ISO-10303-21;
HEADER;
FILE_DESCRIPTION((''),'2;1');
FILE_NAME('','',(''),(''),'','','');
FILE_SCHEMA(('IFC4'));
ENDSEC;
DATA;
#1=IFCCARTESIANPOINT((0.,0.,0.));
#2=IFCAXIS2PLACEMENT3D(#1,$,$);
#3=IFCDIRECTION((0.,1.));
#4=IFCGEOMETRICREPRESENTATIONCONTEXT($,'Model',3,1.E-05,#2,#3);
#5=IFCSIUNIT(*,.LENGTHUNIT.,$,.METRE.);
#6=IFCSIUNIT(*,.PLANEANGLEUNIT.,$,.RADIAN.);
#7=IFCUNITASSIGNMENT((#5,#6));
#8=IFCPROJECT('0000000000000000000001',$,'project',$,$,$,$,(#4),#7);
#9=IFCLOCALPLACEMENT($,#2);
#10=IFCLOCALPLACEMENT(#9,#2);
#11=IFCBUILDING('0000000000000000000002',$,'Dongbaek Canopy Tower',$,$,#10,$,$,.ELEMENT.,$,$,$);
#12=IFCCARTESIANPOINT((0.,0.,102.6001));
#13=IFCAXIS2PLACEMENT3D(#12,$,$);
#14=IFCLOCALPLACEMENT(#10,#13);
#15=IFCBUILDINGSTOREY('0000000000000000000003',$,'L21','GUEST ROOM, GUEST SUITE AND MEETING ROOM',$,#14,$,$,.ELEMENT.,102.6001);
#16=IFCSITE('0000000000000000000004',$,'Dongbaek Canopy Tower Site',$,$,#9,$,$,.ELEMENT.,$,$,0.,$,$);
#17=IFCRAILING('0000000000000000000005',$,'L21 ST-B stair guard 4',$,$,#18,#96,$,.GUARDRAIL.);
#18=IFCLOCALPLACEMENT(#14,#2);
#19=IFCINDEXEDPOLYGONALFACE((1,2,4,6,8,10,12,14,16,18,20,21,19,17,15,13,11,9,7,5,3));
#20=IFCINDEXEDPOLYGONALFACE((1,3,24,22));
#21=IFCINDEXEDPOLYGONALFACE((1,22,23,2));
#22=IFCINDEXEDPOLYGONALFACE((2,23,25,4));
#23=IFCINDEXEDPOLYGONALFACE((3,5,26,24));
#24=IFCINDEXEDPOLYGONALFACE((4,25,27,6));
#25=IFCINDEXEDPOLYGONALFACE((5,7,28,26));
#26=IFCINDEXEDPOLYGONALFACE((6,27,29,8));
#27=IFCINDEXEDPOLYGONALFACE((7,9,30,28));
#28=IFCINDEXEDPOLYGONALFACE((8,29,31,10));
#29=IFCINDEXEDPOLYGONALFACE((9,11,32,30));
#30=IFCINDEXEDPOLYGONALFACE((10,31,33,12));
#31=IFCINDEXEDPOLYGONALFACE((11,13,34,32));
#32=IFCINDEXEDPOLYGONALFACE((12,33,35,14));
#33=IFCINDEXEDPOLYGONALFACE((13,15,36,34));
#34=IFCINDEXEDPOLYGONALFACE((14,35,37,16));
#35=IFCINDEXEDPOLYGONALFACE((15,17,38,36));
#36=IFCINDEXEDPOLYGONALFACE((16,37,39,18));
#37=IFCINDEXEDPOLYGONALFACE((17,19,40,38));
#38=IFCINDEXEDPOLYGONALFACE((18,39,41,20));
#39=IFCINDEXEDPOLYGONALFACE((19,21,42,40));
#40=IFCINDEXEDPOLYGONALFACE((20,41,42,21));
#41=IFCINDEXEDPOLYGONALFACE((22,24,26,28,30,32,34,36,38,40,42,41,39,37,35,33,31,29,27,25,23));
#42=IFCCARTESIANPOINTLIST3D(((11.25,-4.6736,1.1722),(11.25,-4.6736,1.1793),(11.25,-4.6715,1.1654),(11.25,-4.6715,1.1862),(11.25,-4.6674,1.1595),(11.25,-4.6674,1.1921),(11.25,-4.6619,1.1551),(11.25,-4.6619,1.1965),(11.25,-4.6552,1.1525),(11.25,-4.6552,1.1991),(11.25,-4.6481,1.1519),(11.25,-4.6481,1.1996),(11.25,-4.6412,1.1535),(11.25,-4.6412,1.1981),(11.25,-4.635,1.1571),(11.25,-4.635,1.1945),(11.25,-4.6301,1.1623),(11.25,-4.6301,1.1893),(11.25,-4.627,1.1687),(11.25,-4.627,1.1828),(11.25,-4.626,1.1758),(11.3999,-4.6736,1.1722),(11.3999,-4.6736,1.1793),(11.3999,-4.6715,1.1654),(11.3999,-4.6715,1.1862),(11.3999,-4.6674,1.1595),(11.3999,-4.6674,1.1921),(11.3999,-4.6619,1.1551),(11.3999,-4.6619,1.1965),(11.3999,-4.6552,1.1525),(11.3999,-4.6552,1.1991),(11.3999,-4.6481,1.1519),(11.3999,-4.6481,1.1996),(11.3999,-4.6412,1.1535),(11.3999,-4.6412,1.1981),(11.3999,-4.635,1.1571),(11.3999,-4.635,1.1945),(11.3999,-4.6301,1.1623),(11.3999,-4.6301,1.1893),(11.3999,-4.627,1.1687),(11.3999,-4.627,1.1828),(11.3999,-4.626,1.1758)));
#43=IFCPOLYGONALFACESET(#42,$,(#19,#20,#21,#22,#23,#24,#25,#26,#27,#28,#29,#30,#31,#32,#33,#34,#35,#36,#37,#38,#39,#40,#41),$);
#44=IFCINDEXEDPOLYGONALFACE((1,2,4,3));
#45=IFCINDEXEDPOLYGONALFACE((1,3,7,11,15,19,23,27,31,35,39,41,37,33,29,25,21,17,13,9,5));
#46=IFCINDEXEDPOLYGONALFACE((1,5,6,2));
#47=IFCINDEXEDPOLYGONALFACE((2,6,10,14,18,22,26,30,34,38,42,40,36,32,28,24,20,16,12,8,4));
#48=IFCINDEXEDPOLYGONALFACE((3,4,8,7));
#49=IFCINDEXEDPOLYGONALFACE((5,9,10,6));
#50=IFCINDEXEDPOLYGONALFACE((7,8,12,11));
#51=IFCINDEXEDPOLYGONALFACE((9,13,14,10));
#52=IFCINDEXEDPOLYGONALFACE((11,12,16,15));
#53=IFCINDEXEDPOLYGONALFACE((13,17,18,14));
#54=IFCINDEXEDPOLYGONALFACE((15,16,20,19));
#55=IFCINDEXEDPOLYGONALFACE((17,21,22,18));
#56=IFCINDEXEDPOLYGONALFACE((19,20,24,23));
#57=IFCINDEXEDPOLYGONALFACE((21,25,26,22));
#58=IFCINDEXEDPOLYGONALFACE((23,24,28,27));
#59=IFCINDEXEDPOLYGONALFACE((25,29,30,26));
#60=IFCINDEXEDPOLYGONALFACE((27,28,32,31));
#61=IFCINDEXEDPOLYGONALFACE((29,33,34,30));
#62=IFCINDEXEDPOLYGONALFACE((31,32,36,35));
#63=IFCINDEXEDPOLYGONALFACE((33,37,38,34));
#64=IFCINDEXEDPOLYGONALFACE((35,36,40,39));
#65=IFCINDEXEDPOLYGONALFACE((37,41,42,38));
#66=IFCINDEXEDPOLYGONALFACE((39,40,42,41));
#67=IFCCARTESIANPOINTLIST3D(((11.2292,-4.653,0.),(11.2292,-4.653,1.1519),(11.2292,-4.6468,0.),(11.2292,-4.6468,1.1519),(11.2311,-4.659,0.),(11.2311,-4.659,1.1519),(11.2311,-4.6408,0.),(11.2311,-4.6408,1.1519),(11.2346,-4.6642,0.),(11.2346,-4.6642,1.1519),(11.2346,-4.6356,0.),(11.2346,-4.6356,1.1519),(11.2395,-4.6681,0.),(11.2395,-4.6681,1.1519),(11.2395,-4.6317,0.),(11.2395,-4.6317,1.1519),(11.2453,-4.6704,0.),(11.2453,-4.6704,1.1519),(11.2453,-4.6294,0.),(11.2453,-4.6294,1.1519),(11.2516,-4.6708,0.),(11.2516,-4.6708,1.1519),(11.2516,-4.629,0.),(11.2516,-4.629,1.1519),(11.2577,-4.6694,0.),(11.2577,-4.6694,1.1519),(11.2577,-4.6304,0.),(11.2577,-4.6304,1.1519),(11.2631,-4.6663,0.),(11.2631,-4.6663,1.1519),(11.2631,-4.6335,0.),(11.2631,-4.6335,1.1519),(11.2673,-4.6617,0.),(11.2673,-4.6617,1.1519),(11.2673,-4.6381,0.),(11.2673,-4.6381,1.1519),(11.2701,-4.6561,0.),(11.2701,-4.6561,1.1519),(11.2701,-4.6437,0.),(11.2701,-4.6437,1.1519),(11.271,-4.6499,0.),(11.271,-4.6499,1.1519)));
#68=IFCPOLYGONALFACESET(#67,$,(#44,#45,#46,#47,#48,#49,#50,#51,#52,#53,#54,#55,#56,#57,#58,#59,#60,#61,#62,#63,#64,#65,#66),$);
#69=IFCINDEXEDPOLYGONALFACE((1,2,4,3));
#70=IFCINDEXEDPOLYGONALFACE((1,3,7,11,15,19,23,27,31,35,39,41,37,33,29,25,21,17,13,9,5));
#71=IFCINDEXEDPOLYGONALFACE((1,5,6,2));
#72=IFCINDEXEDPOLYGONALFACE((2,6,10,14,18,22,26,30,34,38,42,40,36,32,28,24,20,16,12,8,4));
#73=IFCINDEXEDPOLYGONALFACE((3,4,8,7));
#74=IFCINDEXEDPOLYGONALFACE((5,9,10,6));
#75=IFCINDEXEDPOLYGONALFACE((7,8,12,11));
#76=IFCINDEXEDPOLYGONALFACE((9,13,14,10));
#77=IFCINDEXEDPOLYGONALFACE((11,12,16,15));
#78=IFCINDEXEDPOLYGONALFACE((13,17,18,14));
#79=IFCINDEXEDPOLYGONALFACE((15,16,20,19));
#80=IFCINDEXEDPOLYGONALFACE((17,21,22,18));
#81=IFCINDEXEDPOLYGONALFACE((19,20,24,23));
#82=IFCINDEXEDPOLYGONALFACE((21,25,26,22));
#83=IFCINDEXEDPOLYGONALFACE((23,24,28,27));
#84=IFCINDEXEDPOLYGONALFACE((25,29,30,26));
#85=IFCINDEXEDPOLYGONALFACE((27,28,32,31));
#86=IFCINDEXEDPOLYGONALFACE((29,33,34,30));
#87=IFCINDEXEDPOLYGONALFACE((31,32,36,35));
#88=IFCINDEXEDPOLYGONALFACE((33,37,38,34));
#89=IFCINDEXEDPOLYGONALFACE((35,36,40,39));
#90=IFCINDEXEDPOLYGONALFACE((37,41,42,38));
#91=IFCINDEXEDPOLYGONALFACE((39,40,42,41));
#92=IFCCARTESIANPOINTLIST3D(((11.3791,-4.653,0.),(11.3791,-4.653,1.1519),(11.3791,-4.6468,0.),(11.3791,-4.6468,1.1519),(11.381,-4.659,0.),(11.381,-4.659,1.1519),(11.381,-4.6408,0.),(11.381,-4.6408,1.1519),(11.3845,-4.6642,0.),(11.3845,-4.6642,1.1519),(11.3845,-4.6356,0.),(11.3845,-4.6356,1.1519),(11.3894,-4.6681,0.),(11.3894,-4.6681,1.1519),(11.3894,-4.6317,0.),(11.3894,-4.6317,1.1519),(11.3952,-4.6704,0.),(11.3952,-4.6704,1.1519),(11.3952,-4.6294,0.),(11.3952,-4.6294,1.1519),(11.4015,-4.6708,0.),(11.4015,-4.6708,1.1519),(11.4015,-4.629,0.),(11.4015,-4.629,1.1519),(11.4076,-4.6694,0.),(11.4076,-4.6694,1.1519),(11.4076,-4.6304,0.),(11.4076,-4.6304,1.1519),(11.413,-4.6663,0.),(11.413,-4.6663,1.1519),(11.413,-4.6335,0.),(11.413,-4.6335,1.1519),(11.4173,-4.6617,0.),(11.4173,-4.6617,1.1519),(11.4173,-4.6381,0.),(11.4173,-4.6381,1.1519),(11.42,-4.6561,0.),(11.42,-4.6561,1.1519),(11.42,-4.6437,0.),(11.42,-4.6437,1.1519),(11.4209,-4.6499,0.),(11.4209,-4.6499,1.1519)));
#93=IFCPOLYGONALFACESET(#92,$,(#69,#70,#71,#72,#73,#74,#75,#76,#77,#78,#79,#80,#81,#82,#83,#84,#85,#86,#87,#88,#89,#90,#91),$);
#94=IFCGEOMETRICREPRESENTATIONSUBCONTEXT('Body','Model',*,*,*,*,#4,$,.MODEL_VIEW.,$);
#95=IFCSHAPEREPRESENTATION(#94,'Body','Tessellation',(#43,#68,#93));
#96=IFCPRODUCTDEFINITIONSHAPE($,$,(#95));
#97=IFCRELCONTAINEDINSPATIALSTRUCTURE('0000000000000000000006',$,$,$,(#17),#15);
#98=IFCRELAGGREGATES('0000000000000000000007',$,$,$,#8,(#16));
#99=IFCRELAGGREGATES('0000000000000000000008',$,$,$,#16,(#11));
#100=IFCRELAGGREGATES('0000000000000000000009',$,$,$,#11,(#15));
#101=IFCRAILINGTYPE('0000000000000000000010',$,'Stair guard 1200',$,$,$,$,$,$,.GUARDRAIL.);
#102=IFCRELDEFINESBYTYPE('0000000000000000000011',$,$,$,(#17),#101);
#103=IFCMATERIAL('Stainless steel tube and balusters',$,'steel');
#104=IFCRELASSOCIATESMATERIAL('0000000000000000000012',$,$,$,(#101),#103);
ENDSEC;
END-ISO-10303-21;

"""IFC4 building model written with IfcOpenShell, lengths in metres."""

from ifc_helpers import new_model, si_unit, direction, frame, origin, origin_2d, place, context, subcontext, project, spatial, circle, extrude, material, type_object, element, save


model = new_model("IFC4")

# Units and contexts
model_context = context("Model", 3, precision=1e-05, world=origin(), true_north=direction((0.0, 1.0)))
body_context = subcontext(model_context, "Body", "Model", "MODEL_VIEW")
ifc_project = project(units=[si_unit("LENGTHUNIT", "METRE"), si_unit("PLANEANGLEUNIT", "RADIAN")], contexts=[model_context])

# Site, building, storey
site_placement = place(None, origin())
site = spatial("IfcSite", under=ifc_project, at=site_placement, Name="Dongbaek Canopy Tower Site", CompositionType="ELEMENT", RefElevation=0.0)
building_placement = place(site_placement, origin())
building = spatial("IfcBuilding", under=site, at=building_placement, Name="Dongbaek Canopy Tower", CompositionType="ELEMENT")
storey_placement = place(building_placement, frame((0.0, 0.0, 102.6001)))
storey = spatial("IfcBuildingStorey", under=building, at=storey_placement, Name="L21", Description="GUEST ROOM, GUEST SUITE AND MEETING ROOM", CompositionType="ELEMENT", Elevation=102.6001)

# Railing
ifc_material_1 = material(Name="Stainless steel tube and balusters", Category="steel")
railing_type_1 = type_object("IfcRailingType", Name="Stair guard 1200", PredefinedType="GUARDRAIL", material=ifc_material_1)
railing_1_placement = place(storey_placement, frame((11.25, -4.6499, 0.0)))
element("IfcRailing", 1, at=railing_1_placement, inside=storey, type_object=railing_type_1, Name="L21 ST-B stair guard 4", PredefinedType="GUARDRAIL", context=body_context, shape_type="SweptSolid", body=[
    extrude(circle(Radius=0.0239, at=origin_2d()), frame((0.0, 0.0, 1.1758), z_axis=(1.0, 0.0, 0.0), x_axis=(0.0, 1.0, 0.0)), (0.0, 0.0, 1.0), 0.1499),
    extrude(circle(Radius=0.021, at=origin_2d()), origin(), (0.0, 0.0, 1.0), 1.1519),
    extrude(circle(Radius=0.021, at=origin_2d()), frame((0.1499, 0.0, 0.0)), (0.0, 0.0, 1.0), 1.1519),
])

save(model, "model.ifc")
